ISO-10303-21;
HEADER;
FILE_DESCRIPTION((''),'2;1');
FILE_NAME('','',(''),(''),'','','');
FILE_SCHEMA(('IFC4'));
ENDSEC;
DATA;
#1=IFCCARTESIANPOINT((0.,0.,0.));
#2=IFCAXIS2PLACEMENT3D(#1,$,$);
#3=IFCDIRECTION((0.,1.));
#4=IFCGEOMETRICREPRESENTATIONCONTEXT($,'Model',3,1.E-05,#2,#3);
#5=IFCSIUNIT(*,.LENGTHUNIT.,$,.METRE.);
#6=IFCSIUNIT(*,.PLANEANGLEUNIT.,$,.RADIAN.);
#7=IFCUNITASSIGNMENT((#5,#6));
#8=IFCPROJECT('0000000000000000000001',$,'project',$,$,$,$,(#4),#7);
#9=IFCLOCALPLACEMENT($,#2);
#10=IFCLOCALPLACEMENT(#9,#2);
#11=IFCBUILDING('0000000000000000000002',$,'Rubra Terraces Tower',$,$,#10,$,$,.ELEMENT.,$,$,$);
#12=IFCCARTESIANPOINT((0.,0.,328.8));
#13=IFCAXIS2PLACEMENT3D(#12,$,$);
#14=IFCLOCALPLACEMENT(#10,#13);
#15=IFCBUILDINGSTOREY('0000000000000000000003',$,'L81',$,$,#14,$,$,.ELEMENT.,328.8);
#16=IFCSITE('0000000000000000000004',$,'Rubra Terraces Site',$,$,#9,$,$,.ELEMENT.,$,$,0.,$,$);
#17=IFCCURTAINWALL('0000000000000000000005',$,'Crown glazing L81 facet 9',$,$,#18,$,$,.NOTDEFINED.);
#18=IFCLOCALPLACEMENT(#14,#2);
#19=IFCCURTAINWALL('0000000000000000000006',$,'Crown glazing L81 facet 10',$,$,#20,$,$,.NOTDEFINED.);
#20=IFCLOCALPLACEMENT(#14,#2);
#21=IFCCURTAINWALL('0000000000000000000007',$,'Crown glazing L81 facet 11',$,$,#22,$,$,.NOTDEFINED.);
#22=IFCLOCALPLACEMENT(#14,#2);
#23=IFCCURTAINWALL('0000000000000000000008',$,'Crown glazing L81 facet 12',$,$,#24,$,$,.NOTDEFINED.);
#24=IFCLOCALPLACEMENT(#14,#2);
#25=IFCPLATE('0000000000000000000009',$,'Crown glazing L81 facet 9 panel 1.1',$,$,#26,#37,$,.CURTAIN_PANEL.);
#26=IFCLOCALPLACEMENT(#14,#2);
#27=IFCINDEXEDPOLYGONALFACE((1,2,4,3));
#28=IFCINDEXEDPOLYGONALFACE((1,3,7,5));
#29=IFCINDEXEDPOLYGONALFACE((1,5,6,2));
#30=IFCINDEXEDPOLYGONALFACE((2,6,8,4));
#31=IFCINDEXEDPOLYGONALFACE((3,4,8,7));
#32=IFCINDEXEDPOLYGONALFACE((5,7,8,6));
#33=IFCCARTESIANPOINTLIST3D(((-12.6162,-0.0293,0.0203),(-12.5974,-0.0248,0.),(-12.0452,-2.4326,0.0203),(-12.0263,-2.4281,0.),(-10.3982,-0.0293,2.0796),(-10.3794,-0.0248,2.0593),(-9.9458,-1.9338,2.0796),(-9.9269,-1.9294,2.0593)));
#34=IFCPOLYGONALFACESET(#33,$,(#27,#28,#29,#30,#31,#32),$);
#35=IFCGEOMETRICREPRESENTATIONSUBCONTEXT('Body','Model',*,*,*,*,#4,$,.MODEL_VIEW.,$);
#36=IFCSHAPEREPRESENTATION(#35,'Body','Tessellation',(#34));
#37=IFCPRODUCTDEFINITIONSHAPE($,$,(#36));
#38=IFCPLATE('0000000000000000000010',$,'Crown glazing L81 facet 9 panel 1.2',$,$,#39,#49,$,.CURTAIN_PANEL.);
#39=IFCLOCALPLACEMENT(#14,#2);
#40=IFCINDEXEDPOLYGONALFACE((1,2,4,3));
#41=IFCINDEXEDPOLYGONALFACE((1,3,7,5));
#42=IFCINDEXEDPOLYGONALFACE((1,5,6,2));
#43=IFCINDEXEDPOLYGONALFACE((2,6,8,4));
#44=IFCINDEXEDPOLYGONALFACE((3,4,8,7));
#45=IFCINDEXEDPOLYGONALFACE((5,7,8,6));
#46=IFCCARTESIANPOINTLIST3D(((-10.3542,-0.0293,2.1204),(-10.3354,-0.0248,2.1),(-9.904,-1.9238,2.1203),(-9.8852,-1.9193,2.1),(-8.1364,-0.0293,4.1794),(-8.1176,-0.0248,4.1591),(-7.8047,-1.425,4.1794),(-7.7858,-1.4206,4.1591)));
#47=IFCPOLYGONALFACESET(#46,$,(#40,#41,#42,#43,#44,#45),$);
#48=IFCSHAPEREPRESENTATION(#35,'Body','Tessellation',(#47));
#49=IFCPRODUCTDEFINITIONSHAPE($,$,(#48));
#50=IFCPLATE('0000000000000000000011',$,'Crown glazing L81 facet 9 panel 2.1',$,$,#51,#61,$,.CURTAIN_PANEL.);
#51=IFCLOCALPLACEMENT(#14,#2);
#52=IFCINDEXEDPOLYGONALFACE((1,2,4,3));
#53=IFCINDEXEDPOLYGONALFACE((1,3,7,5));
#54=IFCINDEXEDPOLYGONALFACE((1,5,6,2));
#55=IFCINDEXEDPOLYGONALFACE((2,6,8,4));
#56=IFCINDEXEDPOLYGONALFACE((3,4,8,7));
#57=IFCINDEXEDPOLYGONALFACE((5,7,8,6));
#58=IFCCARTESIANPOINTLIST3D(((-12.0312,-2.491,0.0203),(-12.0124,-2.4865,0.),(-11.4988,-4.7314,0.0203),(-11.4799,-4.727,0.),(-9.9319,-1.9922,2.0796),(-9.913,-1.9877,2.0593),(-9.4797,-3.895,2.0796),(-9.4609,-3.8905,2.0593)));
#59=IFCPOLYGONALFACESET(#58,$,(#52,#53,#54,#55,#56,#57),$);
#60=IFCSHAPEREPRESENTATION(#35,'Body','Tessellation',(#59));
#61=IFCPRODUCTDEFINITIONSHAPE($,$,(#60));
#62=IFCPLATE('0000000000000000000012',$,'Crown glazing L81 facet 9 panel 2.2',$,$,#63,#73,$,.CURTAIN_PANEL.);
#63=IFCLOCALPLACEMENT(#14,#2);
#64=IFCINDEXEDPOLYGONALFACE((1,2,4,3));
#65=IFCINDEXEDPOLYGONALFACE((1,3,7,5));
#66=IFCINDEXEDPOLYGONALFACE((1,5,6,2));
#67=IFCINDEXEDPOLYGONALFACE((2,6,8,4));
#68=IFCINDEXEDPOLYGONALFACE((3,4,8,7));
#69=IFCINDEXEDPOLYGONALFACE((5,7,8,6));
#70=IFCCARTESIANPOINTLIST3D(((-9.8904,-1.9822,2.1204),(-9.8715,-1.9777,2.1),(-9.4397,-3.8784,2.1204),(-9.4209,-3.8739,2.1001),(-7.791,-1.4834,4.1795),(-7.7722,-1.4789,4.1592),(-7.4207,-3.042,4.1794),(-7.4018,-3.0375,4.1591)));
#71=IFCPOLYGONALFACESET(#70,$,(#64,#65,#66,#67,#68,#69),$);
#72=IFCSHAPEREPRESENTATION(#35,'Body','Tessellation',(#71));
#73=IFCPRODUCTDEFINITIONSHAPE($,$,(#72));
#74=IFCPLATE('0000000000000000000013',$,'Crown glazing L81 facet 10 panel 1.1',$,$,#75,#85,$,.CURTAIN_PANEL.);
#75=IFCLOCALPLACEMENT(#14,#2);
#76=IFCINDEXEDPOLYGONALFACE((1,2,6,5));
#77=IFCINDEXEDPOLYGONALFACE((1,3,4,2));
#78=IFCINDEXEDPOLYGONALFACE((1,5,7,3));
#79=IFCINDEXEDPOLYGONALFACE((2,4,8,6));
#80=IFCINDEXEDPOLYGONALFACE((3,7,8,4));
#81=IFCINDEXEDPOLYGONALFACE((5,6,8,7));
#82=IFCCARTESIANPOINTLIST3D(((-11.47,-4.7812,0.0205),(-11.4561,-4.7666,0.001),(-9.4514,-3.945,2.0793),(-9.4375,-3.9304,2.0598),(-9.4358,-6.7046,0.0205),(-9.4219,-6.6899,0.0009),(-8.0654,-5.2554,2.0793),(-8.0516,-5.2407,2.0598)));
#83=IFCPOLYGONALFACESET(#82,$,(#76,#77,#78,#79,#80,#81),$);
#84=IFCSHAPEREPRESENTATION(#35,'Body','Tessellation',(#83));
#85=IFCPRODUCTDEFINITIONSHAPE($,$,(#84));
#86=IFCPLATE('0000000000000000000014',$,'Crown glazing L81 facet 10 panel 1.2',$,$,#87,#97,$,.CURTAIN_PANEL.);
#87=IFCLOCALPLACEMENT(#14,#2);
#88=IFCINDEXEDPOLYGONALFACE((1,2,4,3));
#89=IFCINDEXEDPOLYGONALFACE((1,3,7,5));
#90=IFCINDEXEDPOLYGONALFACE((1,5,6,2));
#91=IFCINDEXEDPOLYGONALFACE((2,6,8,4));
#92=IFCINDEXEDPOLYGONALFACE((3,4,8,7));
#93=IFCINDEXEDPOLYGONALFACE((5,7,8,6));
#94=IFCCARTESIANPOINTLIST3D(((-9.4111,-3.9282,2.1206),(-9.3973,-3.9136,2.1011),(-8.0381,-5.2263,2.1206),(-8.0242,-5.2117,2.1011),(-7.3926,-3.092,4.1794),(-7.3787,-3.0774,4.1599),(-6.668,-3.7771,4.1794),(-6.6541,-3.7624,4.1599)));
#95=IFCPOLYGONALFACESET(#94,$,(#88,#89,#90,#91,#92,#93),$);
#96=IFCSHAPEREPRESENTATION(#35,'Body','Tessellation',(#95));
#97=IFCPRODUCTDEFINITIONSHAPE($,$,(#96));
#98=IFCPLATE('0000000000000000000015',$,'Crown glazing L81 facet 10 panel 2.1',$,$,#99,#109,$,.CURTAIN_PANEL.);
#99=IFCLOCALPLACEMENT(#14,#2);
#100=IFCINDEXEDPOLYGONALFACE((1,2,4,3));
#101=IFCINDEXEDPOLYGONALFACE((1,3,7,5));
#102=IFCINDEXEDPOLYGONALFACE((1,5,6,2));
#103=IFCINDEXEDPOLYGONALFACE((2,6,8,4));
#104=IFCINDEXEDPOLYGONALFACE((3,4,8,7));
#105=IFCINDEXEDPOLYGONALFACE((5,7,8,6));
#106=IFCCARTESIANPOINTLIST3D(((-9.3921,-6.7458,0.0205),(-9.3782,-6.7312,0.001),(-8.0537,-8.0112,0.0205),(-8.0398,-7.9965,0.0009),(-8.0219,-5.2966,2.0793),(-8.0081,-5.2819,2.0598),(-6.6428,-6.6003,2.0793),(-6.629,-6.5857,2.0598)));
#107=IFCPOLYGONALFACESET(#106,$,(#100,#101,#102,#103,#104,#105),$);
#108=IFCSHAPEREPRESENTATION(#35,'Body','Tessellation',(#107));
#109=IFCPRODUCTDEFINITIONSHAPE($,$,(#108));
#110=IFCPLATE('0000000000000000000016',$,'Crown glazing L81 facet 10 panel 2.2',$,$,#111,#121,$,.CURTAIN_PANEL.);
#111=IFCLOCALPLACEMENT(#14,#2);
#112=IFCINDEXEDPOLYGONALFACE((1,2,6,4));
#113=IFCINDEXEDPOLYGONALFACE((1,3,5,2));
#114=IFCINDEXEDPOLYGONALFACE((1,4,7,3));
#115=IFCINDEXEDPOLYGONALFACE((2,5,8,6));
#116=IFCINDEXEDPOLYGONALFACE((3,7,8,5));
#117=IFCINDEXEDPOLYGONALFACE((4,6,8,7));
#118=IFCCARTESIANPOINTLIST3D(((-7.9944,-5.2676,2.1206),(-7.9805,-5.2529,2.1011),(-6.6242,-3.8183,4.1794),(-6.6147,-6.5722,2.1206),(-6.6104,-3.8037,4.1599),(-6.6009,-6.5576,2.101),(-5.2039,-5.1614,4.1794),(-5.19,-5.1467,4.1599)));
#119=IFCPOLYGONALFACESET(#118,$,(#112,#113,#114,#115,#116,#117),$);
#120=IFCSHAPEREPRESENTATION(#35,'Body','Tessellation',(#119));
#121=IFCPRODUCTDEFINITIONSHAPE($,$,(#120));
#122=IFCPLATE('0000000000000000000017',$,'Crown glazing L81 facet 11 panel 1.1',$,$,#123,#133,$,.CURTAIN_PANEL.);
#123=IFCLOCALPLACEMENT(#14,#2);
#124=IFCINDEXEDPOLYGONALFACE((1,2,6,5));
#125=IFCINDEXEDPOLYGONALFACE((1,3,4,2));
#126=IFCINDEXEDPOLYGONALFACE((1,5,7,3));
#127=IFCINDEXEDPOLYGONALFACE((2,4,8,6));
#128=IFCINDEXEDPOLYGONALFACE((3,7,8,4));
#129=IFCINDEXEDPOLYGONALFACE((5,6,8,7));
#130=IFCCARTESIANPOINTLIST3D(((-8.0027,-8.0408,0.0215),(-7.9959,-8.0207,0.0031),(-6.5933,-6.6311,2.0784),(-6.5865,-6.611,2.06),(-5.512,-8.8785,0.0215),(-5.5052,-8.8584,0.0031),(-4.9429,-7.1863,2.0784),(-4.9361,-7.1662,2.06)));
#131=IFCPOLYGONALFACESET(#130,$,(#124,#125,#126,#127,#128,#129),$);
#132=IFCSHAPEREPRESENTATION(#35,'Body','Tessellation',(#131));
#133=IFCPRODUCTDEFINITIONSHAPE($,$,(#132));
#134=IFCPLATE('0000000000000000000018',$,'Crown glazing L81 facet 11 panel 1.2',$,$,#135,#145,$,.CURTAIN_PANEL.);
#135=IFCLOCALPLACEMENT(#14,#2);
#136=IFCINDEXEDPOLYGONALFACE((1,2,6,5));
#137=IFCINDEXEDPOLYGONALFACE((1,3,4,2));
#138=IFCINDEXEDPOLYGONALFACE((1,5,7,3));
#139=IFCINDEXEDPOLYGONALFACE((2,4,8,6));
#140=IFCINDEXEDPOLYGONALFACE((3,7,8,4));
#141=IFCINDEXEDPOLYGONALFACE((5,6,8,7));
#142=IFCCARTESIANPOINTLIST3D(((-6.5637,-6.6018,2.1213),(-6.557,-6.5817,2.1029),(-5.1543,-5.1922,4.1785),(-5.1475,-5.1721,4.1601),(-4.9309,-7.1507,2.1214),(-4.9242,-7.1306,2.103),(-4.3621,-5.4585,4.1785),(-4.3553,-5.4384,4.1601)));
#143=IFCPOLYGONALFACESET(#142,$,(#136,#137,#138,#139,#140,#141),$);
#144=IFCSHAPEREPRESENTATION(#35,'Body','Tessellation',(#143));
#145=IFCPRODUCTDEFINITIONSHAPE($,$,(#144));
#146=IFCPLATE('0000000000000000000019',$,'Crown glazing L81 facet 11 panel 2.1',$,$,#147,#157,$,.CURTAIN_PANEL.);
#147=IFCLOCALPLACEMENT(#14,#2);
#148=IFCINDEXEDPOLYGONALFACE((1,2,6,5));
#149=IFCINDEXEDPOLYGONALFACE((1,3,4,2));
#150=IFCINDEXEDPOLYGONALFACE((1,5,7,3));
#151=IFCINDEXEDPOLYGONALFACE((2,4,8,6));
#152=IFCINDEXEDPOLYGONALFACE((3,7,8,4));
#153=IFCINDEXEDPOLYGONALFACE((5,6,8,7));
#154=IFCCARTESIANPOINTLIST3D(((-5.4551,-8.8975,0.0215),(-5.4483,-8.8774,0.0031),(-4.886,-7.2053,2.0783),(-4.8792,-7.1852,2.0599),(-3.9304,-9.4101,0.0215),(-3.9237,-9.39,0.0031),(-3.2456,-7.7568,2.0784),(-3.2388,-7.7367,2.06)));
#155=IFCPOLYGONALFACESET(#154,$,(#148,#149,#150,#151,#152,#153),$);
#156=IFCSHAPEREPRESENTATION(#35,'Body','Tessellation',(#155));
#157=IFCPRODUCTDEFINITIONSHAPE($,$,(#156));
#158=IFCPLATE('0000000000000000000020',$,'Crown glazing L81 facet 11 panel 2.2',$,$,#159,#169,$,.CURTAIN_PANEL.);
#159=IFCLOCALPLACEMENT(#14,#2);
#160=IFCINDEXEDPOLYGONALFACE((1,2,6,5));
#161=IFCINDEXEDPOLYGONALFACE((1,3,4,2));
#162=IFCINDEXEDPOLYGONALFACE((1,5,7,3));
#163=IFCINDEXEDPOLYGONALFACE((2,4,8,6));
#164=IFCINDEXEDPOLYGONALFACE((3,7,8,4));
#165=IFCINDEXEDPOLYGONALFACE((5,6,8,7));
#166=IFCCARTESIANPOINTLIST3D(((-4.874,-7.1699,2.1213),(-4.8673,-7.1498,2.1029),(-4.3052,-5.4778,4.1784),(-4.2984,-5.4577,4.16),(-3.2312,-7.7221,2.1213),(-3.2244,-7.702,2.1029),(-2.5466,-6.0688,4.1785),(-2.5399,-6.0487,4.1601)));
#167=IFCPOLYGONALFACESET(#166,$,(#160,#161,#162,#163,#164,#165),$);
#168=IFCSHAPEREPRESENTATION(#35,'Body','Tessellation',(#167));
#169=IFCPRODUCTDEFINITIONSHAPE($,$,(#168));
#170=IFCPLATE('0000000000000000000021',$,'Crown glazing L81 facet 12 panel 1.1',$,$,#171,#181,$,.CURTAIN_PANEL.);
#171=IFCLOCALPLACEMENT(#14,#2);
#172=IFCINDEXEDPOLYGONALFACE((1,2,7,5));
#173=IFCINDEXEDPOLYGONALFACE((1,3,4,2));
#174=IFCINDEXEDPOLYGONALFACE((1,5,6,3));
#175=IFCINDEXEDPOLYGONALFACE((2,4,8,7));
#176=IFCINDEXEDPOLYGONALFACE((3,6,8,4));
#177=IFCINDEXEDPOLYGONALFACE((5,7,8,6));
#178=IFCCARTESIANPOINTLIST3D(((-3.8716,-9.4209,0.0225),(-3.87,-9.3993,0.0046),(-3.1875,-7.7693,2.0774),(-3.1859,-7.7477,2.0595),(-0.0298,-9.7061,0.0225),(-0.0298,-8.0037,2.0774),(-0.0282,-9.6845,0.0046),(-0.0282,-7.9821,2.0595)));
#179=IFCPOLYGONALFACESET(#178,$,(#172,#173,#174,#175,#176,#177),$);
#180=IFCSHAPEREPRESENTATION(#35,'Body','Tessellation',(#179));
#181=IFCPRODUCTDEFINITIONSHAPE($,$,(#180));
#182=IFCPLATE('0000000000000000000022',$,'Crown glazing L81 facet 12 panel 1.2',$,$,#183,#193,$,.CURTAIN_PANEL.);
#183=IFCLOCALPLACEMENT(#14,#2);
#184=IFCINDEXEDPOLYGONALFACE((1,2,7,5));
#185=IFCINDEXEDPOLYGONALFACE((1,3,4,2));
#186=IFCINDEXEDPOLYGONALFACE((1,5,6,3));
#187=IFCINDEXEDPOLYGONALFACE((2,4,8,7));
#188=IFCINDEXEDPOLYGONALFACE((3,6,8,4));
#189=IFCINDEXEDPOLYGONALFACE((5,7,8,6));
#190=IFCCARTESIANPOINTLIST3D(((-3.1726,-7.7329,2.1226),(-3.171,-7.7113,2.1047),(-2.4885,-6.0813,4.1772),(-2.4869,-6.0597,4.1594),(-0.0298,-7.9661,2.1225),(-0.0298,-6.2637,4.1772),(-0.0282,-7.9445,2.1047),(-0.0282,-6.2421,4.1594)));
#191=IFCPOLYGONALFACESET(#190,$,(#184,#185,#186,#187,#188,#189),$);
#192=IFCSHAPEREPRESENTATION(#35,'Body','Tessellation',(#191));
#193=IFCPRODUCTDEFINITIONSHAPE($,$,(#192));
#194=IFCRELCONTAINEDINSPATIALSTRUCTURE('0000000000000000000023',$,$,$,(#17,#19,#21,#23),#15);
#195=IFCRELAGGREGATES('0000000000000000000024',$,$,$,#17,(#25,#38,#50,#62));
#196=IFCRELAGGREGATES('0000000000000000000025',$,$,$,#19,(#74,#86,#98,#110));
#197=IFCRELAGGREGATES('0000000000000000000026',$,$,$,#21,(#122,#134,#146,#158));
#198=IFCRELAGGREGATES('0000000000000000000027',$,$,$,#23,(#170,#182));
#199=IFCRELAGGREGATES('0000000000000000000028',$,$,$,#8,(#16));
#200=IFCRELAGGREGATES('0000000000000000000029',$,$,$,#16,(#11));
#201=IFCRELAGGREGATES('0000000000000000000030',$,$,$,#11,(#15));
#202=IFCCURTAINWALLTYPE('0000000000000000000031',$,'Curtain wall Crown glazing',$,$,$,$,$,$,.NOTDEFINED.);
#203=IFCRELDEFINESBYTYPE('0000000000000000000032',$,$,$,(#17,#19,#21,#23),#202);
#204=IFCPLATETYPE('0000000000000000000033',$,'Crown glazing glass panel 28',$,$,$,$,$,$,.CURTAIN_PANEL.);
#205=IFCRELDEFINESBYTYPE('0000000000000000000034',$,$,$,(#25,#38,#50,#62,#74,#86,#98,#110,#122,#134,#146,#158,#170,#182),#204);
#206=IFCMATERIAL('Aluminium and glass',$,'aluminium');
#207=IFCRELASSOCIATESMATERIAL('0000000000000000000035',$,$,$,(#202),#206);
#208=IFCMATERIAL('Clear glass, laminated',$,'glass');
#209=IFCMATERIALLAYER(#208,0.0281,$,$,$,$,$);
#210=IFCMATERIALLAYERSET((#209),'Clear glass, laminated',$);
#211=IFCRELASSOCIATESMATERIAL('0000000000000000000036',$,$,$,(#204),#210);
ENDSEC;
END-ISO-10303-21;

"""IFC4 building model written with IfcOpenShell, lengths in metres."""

from ifc_helpers import new_model, si_unit, direction, frame, origin, place, context, subcontext, project, spatial, polyline, outline, extrude, material, layer, layer_set, type_object, element, aggregate, save


model = new_model("IFC4")

# Units and contexts
model_context = context("Model", 3, precision=1e-05, world=origin(), true_north=direction((0.0, 1.0)))
body_context = subcontext(model_context, "Body", "Model", "MODEL_VIEW")
ifc_project = project(units=[si_unit("LENGTHUNIT", "METRE"), si_unit("PLANEANGLEUNIT", "RADIAN")], contexts=[model_context])

# Site, building, storey
site_placement = place(None, origin())
site = spatial("IfcSite", under=ifc_project, at=site_placement, Name="Rubra Terraces Site", CompositionType="ELEMENT", RefElevation=0.0)
building_placement = place(site_placement, origin())
building = spatial("IfcBuilding", under=site, at=building_placement, Name="Rubra Terraces Tower", CompositionType="ELEMENT")
storey_placement = place(building_placement, frame((0.0, 0.0, 328.8)))
storey = spatial("IfcBuildingStorey", under=building, at=storey_placement, Name="L81", CompositionType="ELEMENT", Elevation=328.8)

# Curtain walls
ifc_material_1 = material(Name="Aluminium and glass", Category="aluminium")
curtain_wall_type = type_object("IfcCurtainWallType", Name="Curtain wall Crown glazing", PredefinedType="NOTDEFINED", material=ifc_material_1)
curtain_wall_1_placement = place(storey_placement, origin())
curtain_wall_1 = element("IfcCurtainWall", 1, at=curtain_wall_1_placement, inside=storey, type_object=curtain_wall_type, Name="Crown glazing L81 facet 9", PredefinedType="NOTDEFINED")
curtain_wall_2_placement = place(storey_placement, origin())
curtain_wall_2 = element("IfcCurtainWall", 2, at=curtain_wall_2_placement, inside=storey, type_object=curtain_wall_type, Name="Crown glazing L81 facet 10", PredefinedType="NOTDEFINED")
curtain_wall_3_placement = place(storey_placement, origin())
curtain_wall_3 = element("IfcCurtainWall", 3, at=curtain_wall_3_placement, inside=storey, type_object=curtain_wall_type, Name="Crown glazing L81 facet 11", PredefinedType="NOTDEFINED")

# Curtain wall
curtain_wall_4_placement = place(storey_placement, origin())
curtain_wall_4 = element("IfcCurtainWall", 4, at=curtain_wall_4_placement, inside=storey, type_object=curtain_wall_type, Name="Crown glazing L81 facet 12", PredefinedType="NOTDEFINED")

# Plates
ifc_material_2 = material(Name="Clear glass, laminated", Category="glass")
ifc_layer = layer(ifc_material_2, 0.0281)
ifc_layer_set = layer_set([ifc_layer], Name="Clear glass, laminated")
plate_type = type_object("IfcPlateType", Name="Crown glazing glass panel 28", PredefinedType="CURTAIN_PANEL", material=ifc_layer_set)
plate_1_placement = place(storey_placement, frame((-12.6162, -0.0293, 0.0203), z_axis=(-0.671698, -0.159578, 0.723434), x_axis=(0.231156, -0.972917, 0.000015)))
plate_1 = element("IfcPlate", 5, at=plate_1_placement, type_object=plate_type, Name="Crown glazing L81 facet 9 panel 1.1", PredefinedType="CURTAIN_PANEL", context=body_context, shape_type="SweptSolid", body=[
    extrude(outline(polyline([(0.0, 0.0), (2.4702, 0.0), (2.4703, 2.9828), (0.5127, 2.9829), (0.0, 0.0)])), origin(), (0.0, 0.0, -1.0), 0.0281),
])
plate_2_placement = place(storey_placement, frame((-10.3542, -0.0293, 2.1204), z_axis=(-0.671666, -0.159631, 0.723452), x_axis=(0.231207, -0.972905, -0.000017)))
plate_2 = element("IfcPlate", 6, at=plate_2_placement, type_object=plate_type, Name="Crown glazing L81 facet 9 panel 1.2", PredefinedType="CURTAIN_PANEL", context=body_context, shape_type="SweptSolid", body=[
    extrude(outline(polyline([(0.0, 0.0), (1.9473, 0.0), (1.9474, 2.9826), (0.5127, 2.9825), (0.0, 0.0)])), origin(), (0.0, 0.0, -1.0), 0.0281),
])
plate_3_placement = place(storey_placement, frame((-12.0312, -2.491, 0.0203), z_axis=(-0.671707, -0.159625, 0.723415), x_axis=(0.231211, -0.972904, 0.000009)))
plate_3 = element("IfcPlate", 7, at=plate_3_placement, type_object=plate_type, Name="Crown glazing L81 facet 9 panel 2.1", PredefinedType="CURTAIN_PANEL", context=body_context, shape_type="SweptSolid", body=[
    extrude(outline(polyline([(0.0, 0.0), (2.3029, 0.0), (1.956, 2.9827), (0.0002, 2.9828), (0.0, 0.0)])), origin(), (0.0, 0.0, -1.0), 0.0281),
])
plate_4_placement = place(storey_placement, frame((-9.8904, -1.9822, 2.1204), z_axis=(-0.671664, -0.159622, 0.723456), x_axis=(0.231222, -0.972901, 0.00001)))
plate_4 = element("IfcPlate", 8, at=plate_4_placement, type_object=plate_type, Name="Crown glazing L81 facet 9 panel 2.2", PredefinedType="CURTAIN_PANEL", context=body_context, shape_type="SweptSolid", body=[
    extrude(outline(polyline([(0.0, 0.0), (1.9491, 0.0), (1.6022, 2.9826), (0.0002, 2.9826), (0.0, 0.0)])), origin(), (0.0, 0.0, -1.0), 0.0281),
])
aggregate(curtain_wall_1, [plate_1, plate_2, plate_3, plate_4])
plate_5_placement = place(storey_placement, frame((-11.47, -4.7812, 0.0205), z_axis=(-0.493447, -0.52191, 0.695787), x_axis=(0.726635, -0.687024, -0.000013)))
plate_5 = element("IfcPlate", 9, at=plate_5_placement, type_object=plate_type, Name="Crown glazing L81 facet 10 panel 1.1", PredefinedType="CURTAIN_PANEL", context=body_context, shape_type="SweptSolid", body=[
    extrude(outline(polyline([(0.0, 0.0), (2.7995, 0.0), (2.7996, 2.8665), (0.8922, 2.8664), (0.0, 0.0)])), origin(), (0.0, 0.0, -1.0), 0.0281),
])
plate_6_placement = place(storey_placement, frame((-9.4111, -3.9282, 2.1206), z_axis=(-0.493445, -0.521935, 0.69577), x_axis=(0.726662, -0.686996, 0.0)))
plate_6 = element("IfcPlate", 10, at=plate_6_placement, type_object=plate_type, Name="Crown glazing L81 facet 10 panel 1.2", PredefinedType="CURTAIN_PANEL", context=body_context, shape_type="SweptSolid", body=[
    extrude(outline(polyline([(0.0, 0.0), (1.8895, 0.0), (1.8895, 2.8664), (0.8924, 2.8664), (0.0, 0.0)])), origin(), (0.0, 0.0, -1.0), 0.0281),
])
plate_7_placement = place(storey_placement, frame((-9.3921, -6.7458, 0.0205), z_axis=(-0.493426, -0.521935, 0.695783), x_axis=(0.72666, -0.686997, -0.000021)))
plate_7 = element("IfcPlate", 11, at=plate_7_placement, type_object=plate_type, Name="Crown glazing L81 facet 10 panel 2.1", PredefinedType="CURTAIN_PANEL", context=body_context, shape_type="SweptSolid", body=[
    extrude(outline(polyline([(0.0, 0.0), (1.8419, 0.0), (1.8978, 2.8665), (0.0, 2.8664), (0.0, 0.0)])), origin(), (0.0, 0.0, -1.0), 0.0281),
])
plate_8_placement = place(storey_placement, frame((-7.9944, -5.2676, 2.1206), z_axis=(-0.493485, -0.521879, 0.695784), x_axis=(0.726582, -0.687079, -0.000021)))
plate_8 = element("IfcPlate", 12, at=plate_8_placement, type_object=plate_type, Name="Crown glazing L81 facet 10 panel 2.2", PredefinedType="CURTAIN_PANEL", context=body_context, shape_type="SweptSolid", body=[
    extrude(outline(polyline([(0.0, 0.0), (1.8988, 0.0), (1.9545, 2.8665), (-0.0003, 2.8664), (0.0, 0.0)])), origin(), (0.0, 0.0, -1.0), 0.0281),
])
aggregate(curtain_wall_2, [plate_5, plate_6, plate_7, plate_8])
plate_9_placement = place(storey_placement, frame((-8.0027, -8.0408, 0.0215), z_axis=(-0.24075, -0.715793, 0.6555), x_axis=(0.947829, -0.318779, 0.000015)))
plate_9 = element("IfcPlate", 13, at=plate_9_placement, type_object=plate_type, Name="Crown glazing L81 facet 11 panel 1.1", PredefinedType="CURTAIN_PANEL", context=body_context, shape_type="SweptSolid", body=[
    extrude(outline(polyline([(0.0, 0.0), (2.6278, 0.0), (2.6278, 2.7236), (0.8866, 2.7237), (0.0, 0.0)])), origin(), (0.0, 0.0, -1.0), 0.0281),
])
plate_10_placement = place(storey_placement, frame((-6.5637, -6.6018, 2.1213), z_axis=(-0.240648, -0.715889, 0.655432), x_axis=(0.947882, -0.318621, 0.000012)))
plate_10 = element("IfcPlate", 14, at=plate_10_placement, type_object=plate_type, Name="Crown glazing L81 facet 11 panel 1.2", PredefinedType="CURTAIN_PANEL", context=body_context, shape_type="SweptSolid", body=[
    extrude(outline(polyline([(0.0, 0.0), (1.7226, 0.0), (1.7227, 2.7237), (0.8868, 2.7238), (0.0, 0.0)])), origin(), (0.0, 0.0, -1.0), 0.0281),
])
plate_11_placement = place(storey_placement, frame((-5.4551, -8.8975, 0.0215), z_axis=(-0.240687, -0.715821, 0.655493), x_axis=(0.94785, -0.318716, -0.000013)))
plate_11 = element("IfcPlate", 15, at=plate_11_placement, type_object=plate_type, Name="Crown glazing L81 facet 11 panel 2.1", PredefinedType="CURTAIN_PANEL", context=body_context, shape_type="SweptSolid", body=[
    extrude(outline(polyline([(0.0, 0.0), (1.6086, 0.0), (1.7307, 2.7237), (0.0001, 2.7236), (0.0, 0.0)])), origin(), (0.0, 0.0, -1.0), 0.0281),
])
plate_12_placement = place(storey_placement, frame((-4.874, -7.1699, 2.1213), z_axis=(-0.240635, -0.715894, 0.655431), x_axis=(0.947881, -0.318624, -0.000011)))
plate_12 = element("IfcPlate", 16, at=plate_12_placement, type_object=plate_type, Name="Crown glazing L81 facet 11 panel 2.2", PredefinedType="CURTAIN_PANEL", context=body_context, shape_type="SweptSolid", body=[
    extrude(outline(polyline([(0.0, 0.0), (1.7332, 0.0), (1.8552, 2.7238), (0.0, 2.7237), (0.0, 0.0)])), origin(), (0.0, 0.0, -1.0), 0.0281),
])
aggregate(curtain_wall_3, [plate_9, plate_10, plate_11, plate_12])
plate_13_placement = place(storey_placement, frame((-3.8716, -9.4209, 0.0225), z_axis=(-0.057065, -0.768816, 0.636919), x_axis=(0.997257, -0.074021, 0.0)))
plate_13 = element("IfcPlate", 17, at=plate_13_placement, type_object=plate_type, Name="Crown glazing L81 facet 12 panel 1.1", PredefinedType="CURTAIN_PANEL", context=body_context, shape_type="SweptSolid", body=[
    extrude(outline(polyline([(0.0, 0.0), (3.8524, 0.0), (3.7264, 2.6655), (0.56, 2.6655), (0.0, 0.0)])), origin(), (0.0, 0.0, -1.0), 0.0281),
])
plate_14_placement = place(storey_placement, frame((-3.1726, -7.7329, 2.1226), z_axis=(-0.057029, -0.768783, 0.636962), x_axis=(0.99726, -0.07398, -0.000003)))
plate_14 = element("IfcPlate", 18, at=plate_14_placement, type_object=plate_type, Name="Crown glazing L81 facet 12 panel 1.2", PredefinedType="CURTAIN_PANEL", context=body_context, shape_type="SweptSolid", body=[
    extrude(outline(polyline([(0.0, 0.0), (3.1515, 0.0), (3.0255, 2.6653), (0.56, 2.6653), (0.0, 0.0)])), origin(), (0.0, 0.0, -1.0), 0.0281),
])
aggregate(curtain_wall_4, [plate_13, plate_14])

save(model, "model.ifc")
